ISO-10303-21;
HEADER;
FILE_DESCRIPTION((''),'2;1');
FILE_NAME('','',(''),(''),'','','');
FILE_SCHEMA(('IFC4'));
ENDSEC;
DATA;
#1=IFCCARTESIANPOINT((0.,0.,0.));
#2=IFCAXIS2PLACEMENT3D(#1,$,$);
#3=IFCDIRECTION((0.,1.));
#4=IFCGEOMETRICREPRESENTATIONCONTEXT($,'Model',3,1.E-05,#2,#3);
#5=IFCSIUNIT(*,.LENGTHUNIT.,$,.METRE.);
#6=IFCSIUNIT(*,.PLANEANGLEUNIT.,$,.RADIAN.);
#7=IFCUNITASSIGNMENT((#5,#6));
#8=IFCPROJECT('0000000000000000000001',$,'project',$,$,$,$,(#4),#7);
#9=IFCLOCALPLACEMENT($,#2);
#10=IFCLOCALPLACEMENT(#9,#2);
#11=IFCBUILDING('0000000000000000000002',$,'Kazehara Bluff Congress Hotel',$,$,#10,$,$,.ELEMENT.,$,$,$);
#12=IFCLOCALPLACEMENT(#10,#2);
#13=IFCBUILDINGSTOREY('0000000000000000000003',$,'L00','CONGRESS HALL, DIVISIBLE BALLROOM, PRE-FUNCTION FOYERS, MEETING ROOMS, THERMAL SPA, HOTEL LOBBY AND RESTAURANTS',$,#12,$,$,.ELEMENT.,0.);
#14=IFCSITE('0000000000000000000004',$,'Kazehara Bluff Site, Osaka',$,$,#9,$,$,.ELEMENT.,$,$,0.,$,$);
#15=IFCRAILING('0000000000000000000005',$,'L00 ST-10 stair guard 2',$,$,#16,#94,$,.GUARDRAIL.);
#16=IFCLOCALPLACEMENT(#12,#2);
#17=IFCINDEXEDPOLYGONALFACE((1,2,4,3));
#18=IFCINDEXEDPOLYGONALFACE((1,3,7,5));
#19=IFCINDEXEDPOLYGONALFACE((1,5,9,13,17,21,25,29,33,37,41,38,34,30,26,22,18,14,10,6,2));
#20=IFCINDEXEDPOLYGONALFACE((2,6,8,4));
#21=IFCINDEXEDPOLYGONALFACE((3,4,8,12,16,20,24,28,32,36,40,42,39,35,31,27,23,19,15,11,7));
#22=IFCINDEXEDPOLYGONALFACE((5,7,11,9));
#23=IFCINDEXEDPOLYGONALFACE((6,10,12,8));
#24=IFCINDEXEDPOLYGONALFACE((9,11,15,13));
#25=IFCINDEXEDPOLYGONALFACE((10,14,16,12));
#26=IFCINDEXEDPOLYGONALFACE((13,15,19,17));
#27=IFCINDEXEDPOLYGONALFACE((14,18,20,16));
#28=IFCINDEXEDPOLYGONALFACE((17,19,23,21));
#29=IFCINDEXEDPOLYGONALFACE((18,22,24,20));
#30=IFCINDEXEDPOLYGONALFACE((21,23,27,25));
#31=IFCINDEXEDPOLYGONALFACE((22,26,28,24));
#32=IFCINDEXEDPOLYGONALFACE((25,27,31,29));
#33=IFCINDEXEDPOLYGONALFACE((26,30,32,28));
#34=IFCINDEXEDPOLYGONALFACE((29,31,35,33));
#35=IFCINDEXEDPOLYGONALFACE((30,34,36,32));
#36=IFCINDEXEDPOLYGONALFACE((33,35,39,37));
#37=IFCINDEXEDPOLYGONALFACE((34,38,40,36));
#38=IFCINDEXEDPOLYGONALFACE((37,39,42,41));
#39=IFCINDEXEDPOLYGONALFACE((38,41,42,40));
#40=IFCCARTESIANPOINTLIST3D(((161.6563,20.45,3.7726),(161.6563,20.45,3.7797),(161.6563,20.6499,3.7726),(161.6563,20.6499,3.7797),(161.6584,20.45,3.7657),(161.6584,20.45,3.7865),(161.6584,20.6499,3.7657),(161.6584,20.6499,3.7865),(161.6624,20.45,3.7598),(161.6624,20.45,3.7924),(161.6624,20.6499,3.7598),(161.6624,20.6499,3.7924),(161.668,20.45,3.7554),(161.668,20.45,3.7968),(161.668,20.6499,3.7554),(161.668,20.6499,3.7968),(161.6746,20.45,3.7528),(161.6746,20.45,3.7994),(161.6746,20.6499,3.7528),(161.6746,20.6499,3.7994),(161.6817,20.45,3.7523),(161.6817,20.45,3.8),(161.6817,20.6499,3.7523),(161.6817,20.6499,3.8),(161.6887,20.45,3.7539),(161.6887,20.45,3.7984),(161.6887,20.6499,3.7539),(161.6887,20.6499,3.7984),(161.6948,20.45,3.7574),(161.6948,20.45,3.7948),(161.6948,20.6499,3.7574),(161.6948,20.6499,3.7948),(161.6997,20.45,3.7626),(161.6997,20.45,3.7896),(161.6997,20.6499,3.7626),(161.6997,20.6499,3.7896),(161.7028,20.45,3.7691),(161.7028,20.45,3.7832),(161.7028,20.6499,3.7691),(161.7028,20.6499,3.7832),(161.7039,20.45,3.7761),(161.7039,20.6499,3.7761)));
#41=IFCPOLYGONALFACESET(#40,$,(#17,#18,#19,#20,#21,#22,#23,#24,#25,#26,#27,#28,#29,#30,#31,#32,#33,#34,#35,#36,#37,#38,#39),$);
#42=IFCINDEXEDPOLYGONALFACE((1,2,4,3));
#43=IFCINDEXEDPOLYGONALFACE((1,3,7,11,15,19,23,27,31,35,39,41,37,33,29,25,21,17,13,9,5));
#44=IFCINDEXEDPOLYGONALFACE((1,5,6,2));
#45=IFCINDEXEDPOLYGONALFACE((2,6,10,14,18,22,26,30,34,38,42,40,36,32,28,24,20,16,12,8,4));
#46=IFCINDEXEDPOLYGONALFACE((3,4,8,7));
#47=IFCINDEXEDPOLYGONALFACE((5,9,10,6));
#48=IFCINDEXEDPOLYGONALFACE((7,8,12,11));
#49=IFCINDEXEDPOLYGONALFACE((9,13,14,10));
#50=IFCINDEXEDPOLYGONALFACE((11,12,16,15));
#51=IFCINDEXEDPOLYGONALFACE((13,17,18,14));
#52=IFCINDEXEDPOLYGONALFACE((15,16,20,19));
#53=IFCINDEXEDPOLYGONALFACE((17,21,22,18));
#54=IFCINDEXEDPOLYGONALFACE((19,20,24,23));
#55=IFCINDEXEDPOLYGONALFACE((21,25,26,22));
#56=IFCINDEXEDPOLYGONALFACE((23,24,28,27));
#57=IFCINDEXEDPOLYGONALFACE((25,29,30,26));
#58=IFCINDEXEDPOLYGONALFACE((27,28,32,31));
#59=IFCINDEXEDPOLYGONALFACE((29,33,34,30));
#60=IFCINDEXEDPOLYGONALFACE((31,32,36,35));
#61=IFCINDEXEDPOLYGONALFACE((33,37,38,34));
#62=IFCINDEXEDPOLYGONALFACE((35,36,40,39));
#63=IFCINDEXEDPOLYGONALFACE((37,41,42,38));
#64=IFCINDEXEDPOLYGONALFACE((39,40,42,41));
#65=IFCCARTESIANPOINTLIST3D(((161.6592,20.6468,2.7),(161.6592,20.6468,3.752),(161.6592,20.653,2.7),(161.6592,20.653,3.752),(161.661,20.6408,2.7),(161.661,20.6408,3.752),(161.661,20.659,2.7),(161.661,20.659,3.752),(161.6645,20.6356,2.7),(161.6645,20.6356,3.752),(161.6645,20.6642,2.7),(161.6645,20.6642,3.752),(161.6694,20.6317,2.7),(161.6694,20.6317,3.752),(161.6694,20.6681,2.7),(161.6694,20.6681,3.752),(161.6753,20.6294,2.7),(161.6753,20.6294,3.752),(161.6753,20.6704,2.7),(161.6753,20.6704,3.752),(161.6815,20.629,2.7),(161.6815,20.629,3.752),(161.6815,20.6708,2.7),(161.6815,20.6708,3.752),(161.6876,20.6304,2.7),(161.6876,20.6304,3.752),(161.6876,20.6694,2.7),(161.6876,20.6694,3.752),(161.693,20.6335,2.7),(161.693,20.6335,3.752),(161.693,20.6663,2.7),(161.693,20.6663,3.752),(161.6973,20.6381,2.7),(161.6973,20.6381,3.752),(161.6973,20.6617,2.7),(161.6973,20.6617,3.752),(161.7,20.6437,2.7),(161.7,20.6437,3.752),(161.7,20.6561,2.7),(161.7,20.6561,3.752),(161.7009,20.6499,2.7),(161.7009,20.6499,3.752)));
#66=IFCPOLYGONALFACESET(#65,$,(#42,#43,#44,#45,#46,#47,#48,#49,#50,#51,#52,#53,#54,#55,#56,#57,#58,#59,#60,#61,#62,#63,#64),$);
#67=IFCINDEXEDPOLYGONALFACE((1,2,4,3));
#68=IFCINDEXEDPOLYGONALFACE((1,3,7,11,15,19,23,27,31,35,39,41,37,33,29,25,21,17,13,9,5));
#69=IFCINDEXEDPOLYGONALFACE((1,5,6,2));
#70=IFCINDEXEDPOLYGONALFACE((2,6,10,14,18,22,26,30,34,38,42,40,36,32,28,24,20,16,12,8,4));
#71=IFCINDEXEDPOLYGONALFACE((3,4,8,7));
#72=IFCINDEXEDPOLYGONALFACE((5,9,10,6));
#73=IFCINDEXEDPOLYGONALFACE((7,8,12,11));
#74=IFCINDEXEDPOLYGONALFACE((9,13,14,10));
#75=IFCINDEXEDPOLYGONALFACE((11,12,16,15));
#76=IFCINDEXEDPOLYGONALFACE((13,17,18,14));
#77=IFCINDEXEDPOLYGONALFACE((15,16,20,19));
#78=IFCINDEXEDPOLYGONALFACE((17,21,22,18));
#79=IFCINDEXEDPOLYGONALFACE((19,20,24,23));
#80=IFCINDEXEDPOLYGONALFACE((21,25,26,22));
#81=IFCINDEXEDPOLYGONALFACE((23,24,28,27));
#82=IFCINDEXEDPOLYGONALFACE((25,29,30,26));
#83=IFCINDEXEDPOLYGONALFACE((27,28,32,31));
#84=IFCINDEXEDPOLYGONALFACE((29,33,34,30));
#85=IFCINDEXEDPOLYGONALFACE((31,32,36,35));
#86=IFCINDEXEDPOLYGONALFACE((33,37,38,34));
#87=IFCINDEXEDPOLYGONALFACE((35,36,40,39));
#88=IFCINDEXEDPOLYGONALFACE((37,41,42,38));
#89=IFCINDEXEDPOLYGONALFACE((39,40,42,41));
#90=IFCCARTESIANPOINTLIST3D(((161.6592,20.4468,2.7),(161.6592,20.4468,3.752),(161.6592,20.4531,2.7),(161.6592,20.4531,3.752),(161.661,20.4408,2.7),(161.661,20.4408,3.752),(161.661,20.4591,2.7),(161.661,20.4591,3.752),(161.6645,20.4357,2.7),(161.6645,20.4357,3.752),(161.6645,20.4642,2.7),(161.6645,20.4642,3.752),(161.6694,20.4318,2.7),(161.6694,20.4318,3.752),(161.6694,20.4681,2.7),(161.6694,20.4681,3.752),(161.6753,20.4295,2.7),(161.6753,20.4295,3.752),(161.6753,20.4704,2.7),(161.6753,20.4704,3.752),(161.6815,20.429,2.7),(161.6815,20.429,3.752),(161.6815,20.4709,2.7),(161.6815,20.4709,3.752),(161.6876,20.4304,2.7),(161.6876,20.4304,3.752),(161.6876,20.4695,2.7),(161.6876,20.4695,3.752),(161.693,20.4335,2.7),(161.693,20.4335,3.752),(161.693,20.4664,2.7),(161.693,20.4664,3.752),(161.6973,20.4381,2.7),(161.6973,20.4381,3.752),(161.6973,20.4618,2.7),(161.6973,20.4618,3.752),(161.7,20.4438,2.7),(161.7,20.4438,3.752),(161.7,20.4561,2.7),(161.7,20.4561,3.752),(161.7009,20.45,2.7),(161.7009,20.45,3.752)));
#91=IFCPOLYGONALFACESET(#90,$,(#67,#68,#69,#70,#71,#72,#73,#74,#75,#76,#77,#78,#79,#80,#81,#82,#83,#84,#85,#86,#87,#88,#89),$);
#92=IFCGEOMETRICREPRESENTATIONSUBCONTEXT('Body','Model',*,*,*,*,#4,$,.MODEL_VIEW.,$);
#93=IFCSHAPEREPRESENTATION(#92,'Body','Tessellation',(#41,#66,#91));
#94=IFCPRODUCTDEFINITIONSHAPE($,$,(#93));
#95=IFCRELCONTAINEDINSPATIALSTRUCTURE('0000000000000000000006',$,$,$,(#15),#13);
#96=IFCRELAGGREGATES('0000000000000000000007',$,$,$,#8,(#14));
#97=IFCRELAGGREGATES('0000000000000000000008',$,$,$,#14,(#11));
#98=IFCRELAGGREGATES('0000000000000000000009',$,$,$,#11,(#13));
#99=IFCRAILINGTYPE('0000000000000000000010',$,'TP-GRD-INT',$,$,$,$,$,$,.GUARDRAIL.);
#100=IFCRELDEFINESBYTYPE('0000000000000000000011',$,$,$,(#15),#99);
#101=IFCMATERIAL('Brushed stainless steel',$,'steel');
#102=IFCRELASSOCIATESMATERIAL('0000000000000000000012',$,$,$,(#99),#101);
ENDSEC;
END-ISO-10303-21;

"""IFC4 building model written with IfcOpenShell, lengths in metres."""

from ifc_helpers import new_model, si_unit, direction, frame, origin, origin_2d, place, context, subcontext, project, spatial, circle, extrude, material, type_object, element, save


model = new_model("IFC4")

# Units and contexts
model_context = context("Model", 3, precision=1e-05, world=origin(), true_north=direction((0.0, 1.0)))
body_context = subcontext(model_context, "Body", "Model", "MODEL_VIEW")
ifc_project = project(units=[si_unit("LENGTHUNIT", "METRE"), si_unit("PLANEANGLEUNIT", "RADIAN")], contexts=[model_context])

# Site, building, storey
site_placement = place(None, origin())
site = spatial("IfcSite", under=ifc_project, at=site_placement, Name="Kazehara Bluff Site, Osaka", CompositionType="ELEMENT", RefElevation=0.0)
building_placement = place(site_placement, origin())
building = spatial("IfcBuilding", under=site, at=building_placement, Name="Kazehara Bluff Congress Hotel", CompositionType="ELEMENT")
storey_placement = place(building_placement, origin())
storey = spatial("IfcBuildingStorey", under=building, at=storey_placement, Name="L00", Description="CONGRESS HALL, DIVISIBLE BALLROOM, PRE-FUNCTION FOYERS, MEETING ROOMS, THERMAL SPA, HOTEL LOBBY AND RESTAURANTS", CompositionType="ELEMENT", Elevation=0.0)

# Railing
ifc_material_1 = material(Name="Brushed stainless steel", Category="steel")
railing_type_1 = type_object("IfcRailingType", Name="TP-GRD-INT", PredefinedType="GUARDRAIL", material=ifc_material_1)
railing_1_placement = place(storey_placement, frame((161.6799, 20.6499, 2.7)))
element("IfcRailing", 1, at=railing_1_placement, inside=storey, type_object=railing_type_1, Name="L00 ST-10 stair guard 2", PredefinedType="GUARDRAIL", context=body_context, shape_type="SweptSolid", body=[
    extrude(circle(Radius=0.0239, at=origin_2d()), frame((0.0, 0.0, 1.0762), z_axis=(0.0, -1.0, 0.0), x_axis=(1.0, 0.0, 0.0)), (0.0, 0.0, 1.0), 0.2),
    extrude(circle(Radius=0.021, at=origin_2d()), origin(), (0.0, 0.0, 1.0), 1.052),
    extrude(circle(Radius=0.021, at=origin_2d()), frame((0.0, -0.2, 0.0)), (0.0, 0.0, 1.0), 1.052),
])

save(model, "model.ifc")
